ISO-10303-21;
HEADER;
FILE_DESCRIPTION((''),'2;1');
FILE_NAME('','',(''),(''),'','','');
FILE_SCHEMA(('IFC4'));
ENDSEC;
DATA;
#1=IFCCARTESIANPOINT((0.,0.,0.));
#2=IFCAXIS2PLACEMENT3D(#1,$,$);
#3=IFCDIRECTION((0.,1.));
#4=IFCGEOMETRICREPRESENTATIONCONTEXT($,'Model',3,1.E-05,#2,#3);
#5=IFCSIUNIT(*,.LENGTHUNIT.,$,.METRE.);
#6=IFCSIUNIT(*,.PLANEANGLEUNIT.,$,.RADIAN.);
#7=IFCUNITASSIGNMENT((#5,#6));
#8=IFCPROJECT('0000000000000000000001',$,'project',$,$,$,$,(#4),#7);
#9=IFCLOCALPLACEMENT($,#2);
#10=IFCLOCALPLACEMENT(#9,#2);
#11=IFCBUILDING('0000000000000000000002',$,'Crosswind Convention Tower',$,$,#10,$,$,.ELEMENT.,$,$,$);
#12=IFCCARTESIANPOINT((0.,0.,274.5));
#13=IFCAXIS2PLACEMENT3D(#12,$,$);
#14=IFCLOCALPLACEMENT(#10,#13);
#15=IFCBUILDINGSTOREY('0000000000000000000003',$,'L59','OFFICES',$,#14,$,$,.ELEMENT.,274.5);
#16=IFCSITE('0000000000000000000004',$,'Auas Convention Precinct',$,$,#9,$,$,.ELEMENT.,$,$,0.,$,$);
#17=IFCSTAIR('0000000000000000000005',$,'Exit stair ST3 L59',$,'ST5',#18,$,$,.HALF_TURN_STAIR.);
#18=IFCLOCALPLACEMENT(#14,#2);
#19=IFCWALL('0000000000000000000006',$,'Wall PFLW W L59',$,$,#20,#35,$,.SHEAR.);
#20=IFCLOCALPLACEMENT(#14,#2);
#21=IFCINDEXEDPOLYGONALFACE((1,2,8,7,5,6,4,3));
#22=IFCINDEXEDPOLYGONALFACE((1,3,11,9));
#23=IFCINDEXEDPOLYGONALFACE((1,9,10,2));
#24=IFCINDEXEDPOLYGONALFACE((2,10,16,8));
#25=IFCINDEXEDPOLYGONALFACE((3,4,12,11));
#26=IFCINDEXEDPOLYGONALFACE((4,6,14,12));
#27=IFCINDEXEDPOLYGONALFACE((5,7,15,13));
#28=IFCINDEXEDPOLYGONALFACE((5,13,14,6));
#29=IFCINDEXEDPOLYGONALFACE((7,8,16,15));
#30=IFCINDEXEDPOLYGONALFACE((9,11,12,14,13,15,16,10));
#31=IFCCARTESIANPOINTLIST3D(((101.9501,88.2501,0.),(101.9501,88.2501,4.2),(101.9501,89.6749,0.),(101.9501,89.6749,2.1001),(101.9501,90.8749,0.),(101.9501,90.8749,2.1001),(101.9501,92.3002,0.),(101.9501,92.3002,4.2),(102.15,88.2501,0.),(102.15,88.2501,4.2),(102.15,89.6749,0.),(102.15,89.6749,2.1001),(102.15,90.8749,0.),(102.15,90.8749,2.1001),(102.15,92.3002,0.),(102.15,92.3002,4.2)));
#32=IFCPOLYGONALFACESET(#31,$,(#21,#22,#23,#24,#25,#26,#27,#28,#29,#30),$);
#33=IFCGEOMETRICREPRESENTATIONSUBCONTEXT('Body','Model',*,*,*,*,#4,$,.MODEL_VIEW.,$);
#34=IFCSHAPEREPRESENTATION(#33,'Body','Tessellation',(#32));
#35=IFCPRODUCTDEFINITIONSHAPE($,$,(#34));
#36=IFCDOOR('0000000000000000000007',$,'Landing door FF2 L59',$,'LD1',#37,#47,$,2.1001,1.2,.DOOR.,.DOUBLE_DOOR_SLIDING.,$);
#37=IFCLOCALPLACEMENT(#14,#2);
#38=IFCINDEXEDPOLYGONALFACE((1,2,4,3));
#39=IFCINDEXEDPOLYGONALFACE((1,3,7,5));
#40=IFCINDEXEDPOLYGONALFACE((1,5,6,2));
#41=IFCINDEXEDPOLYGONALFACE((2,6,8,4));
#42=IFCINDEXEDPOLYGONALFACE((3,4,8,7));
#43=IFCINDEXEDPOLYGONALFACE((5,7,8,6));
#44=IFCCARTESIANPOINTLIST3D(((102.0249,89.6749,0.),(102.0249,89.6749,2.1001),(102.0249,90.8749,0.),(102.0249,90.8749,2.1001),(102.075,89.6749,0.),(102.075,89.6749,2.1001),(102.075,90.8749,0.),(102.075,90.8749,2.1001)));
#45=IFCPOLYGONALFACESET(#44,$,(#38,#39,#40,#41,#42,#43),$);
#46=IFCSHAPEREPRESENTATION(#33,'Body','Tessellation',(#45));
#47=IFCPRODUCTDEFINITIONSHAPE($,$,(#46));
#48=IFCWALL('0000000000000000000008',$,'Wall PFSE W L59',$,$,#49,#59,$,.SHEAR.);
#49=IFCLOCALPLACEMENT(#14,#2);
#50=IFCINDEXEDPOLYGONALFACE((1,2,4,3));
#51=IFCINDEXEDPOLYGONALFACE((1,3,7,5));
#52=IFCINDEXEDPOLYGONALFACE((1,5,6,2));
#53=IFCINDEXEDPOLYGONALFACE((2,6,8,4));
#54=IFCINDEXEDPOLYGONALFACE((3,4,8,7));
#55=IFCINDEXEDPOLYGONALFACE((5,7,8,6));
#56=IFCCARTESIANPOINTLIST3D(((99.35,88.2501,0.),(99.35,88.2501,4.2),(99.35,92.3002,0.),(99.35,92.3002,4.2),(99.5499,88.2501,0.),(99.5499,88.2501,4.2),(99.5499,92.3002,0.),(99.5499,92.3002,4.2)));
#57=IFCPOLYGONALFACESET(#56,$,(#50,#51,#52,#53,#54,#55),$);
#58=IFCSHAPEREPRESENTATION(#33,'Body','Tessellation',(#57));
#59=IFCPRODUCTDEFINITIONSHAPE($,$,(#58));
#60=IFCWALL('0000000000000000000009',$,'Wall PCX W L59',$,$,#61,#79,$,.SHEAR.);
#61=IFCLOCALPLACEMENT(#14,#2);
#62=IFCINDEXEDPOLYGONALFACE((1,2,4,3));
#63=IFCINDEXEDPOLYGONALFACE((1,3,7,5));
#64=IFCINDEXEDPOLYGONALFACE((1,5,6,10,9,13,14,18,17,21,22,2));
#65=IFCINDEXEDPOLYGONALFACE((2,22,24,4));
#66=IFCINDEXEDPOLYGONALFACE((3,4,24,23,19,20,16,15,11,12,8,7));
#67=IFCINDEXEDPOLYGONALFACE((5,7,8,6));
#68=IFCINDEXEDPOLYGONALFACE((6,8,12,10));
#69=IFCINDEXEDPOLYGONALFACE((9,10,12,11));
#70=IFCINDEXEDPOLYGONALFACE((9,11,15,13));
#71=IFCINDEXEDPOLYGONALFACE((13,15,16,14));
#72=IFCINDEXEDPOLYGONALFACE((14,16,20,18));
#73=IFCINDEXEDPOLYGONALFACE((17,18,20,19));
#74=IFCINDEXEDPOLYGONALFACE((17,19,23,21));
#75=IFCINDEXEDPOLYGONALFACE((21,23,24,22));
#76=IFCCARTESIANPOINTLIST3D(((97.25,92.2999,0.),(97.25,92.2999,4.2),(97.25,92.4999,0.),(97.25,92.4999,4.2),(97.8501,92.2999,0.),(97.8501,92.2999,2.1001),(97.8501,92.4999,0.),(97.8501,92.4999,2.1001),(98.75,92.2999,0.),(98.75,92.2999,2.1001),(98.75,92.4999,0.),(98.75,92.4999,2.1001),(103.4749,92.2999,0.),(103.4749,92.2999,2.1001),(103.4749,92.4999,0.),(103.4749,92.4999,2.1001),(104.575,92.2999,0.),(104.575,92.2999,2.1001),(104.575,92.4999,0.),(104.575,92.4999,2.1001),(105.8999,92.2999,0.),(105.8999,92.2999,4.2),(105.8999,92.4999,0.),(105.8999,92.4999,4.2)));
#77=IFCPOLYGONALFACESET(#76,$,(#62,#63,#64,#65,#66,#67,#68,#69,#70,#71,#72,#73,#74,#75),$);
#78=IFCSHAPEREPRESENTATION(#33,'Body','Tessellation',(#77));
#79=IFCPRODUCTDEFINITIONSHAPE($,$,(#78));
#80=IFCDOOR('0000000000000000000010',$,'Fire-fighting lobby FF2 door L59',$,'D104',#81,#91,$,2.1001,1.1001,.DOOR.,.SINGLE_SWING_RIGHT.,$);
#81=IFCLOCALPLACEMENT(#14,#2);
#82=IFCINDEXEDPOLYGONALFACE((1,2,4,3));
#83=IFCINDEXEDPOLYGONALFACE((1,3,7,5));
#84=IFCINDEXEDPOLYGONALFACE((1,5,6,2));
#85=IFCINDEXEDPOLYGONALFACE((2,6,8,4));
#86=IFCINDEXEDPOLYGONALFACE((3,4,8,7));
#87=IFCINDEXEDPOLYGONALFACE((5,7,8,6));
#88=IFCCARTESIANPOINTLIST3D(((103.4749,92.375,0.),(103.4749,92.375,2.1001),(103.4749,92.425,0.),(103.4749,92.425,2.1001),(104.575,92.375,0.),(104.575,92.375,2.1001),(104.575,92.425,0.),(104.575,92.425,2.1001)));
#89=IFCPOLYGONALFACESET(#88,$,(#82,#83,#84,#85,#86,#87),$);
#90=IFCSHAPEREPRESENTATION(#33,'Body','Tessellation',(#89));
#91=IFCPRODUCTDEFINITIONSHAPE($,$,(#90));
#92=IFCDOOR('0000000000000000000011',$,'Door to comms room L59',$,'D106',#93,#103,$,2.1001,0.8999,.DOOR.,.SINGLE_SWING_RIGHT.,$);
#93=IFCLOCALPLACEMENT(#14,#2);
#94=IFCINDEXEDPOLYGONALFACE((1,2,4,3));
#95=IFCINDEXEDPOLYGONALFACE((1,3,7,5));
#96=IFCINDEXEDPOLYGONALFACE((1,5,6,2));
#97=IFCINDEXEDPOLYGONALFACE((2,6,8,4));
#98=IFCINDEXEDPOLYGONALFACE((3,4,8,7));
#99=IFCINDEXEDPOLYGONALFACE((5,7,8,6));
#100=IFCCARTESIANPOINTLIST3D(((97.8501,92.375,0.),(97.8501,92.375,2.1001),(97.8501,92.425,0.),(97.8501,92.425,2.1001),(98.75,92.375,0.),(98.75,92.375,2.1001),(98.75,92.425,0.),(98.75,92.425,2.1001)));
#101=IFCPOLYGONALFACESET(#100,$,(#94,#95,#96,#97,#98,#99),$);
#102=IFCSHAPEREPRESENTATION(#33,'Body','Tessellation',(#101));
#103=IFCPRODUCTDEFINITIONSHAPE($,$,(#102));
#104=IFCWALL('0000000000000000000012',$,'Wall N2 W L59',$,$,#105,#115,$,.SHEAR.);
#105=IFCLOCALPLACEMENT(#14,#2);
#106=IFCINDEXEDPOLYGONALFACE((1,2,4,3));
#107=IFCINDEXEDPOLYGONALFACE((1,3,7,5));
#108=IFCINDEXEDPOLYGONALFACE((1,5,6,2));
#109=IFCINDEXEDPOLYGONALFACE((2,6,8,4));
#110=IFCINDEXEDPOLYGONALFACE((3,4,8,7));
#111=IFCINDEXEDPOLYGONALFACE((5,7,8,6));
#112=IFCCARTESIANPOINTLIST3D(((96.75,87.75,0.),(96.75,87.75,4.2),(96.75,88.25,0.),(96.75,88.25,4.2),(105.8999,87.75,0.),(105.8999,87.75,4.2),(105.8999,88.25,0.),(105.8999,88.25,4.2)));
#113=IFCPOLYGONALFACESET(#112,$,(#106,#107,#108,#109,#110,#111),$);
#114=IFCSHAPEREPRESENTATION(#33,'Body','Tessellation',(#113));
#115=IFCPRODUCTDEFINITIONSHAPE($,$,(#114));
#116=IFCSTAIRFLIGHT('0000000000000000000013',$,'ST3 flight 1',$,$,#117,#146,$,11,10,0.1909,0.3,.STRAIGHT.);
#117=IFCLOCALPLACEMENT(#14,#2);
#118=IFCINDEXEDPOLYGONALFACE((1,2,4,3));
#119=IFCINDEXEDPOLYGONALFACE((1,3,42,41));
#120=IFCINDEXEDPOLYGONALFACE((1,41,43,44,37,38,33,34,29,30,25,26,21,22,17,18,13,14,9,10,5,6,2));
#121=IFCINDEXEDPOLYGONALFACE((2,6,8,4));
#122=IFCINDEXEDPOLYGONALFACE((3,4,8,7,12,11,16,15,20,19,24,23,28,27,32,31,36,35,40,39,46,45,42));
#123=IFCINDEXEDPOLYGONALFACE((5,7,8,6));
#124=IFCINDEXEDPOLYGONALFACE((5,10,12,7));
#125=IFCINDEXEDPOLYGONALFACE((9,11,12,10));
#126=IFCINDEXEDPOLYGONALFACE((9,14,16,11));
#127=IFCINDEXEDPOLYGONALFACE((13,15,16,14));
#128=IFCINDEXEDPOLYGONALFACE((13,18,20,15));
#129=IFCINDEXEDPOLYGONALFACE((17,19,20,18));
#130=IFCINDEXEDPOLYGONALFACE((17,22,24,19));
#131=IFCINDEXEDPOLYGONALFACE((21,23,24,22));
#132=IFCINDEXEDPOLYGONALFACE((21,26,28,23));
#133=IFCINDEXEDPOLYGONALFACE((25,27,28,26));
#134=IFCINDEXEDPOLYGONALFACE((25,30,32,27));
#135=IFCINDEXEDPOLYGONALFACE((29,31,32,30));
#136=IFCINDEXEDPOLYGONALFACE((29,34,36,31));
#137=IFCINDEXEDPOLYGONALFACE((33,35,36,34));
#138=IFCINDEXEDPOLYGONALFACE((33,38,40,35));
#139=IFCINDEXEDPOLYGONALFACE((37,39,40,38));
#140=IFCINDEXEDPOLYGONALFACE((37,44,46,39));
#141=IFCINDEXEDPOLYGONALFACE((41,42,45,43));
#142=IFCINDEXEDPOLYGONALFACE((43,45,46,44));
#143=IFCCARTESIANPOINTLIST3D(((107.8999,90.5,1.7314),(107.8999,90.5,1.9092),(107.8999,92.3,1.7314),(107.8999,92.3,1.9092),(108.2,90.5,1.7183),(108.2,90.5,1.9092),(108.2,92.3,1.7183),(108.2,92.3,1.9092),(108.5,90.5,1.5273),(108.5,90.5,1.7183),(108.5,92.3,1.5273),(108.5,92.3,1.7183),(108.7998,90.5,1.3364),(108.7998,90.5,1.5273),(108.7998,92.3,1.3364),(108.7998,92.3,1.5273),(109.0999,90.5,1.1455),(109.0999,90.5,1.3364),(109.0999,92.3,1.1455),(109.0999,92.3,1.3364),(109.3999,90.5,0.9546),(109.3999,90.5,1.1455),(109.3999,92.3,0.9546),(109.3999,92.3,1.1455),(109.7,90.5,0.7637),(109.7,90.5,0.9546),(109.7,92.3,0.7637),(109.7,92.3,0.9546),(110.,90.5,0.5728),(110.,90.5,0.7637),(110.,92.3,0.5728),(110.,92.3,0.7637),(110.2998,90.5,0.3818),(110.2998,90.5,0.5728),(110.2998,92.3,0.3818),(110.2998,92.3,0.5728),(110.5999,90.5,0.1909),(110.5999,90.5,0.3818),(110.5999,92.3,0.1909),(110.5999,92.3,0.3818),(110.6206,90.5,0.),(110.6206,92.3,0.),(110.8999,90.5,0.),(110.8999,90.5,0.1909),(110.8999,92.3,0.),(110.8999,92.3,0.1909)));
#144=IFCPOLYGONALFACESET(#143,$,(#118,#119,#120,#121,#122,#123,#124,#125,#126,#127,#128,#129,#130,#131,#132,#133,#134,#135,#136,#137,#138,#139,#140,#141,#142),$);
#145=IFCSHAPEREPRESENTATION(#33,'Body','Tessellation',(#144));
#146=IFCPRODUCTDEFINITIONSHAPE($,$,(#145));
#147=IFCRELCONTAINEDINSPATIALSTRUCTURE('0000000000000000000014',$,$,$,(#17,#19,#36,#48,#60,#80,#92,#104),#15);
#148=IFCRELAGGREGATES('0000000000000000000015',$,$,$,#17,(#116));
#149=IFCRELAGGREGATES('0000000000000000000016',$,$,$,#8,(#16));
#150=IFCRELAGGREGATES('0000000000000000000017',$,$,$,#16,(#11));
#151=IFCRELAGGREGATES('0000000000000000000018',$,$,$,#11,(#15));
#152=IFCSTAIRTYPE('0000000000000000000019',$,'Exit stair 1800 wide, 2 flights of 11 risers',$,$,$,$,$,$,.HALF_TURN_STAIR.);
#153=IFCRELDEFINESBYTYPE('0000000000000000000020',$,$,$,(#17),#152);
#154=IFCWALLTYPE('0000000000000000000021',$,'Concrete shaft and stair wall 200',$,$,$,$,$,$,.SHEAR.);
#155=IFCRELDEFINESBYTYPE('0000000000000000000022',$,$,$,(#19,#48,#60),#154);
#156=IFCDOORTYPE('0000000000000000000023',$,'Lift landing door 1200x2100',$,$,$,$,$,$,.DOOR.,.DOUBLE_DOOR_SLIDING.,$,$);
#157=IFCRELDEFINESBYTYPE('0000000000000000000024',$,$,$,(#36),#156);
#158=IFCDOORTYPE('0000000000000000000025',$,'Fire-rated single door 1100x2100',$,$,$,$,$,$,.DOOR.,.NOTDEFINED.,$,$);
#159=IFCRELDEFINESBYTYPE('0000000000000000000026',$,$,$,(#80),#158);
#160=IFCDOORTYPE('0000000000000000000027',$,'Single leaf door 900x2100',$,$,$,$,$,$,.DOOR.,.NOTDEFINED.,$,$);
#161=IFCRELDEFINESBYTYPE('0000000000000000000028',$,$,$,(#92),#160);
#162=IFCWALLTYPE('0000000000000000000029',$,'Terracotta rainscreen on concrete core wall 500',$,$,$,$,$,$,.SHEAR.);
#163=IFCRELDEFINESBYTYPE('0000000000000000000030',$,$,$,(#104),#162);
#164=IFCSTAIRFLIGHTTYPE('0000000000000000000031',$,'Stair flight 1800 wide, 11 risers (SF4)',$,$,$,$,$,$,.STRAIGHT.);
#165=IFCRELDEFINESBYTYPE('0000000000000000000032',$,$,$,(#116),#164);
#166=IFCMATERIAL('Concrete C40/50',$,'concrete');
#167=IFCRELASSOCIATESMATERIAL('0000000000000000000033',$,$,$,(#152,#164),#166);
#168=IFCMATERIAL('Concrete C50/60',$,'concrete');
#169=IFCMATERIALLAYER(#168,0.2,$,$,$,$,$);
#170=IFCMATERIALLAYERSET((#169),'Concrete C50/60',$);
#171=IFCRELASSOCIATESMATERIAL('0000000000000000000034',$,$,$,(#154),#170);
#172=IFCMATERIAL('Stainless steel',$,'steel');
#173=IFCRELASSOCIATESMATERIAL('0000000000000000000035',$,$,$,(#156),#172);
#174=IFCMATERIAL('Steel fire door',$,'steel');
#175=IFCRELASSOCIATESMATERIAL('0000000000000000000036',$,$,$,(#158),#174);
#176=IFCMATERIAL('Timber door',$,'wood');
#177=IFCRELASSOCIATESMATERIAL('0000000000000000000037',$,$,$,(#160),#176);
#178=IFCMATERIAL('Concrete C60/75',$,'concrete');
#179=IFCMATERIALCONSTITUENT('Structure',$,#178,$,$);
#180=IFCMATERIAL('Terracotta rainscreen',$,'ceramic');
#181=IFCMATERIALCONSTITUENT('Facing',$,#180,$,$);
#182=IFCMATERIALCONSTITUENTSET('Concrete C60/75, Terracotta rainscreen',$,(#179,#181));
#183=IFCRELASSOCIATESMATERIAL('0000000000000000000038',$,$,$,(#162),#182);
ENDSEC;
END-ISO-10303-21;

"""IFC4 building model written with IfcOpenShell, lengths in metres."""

from ifc_helpers import new_model, si_unit, direction, frame, frame_2d, origin, place, context, subcontext, project, spatial, polyline, rectangle, outline, extrude, material, layer, layer_set, constituent, constituent_set, type_object, element, fill, aggregate, save


model = new_model("IFC4")

# Units and contexts
model_context = context("Model", 3, precision=1e-05, world=origin(), true_north=direction((0.0, 1.0)))
body_context = subcontext(model_context, "Body", "Model", "MODEL_VIEW")
ifc_project = project(units=[si_unit("LENGTHUNIT", "METRE"), si_unit("PLANEANGLEUNIT", "RADIAN")], contexts=[model_context])

# Site, building, storey
site_placement = place(None, origin())
site = spatial("IfcSite", under=ifc_project, at=site_placement, Name="Auas Convention Precinct", CompositionType="ELEMENT", RefElevation=0.0)
building_placement = place(site_placement, origin())
building = spatial("IfcBuilding", under=site, at=building_placement, Name="Crosswind Convention Tower", CompositionType="ELEMENT")
storey_placement = place(building_placement, frame((0.0, 0.0, 274.5)))
storey = spatial("IfcBuildingStorey", under=building, at=storey_placement, Name="L59", Description="OFFICES", CompositionType="ELEMENT", Elevation=274.5)

# Shared definitions
ifc_material_1 = material(Name="Concrete C40/50", Category="concrete")

# Stair
stair_type = type_object("IfcStairType", Name="Exit stair 1800 wide, 2 flights of 11 risers", PredefinedType="HALF_TURN_STAIR", material=ifc_material_1)
stair_1_placement = place(storey_placement, origin())
stair_1 = element("IfcStair", 1, at=stair_1_placement, inside=storey, type_object=stair_type, Name="Exit stair ST3 L59", ObjectType="ST5", PredefinedType="HALF_TURN_STAIR")

# Shared definitions
ifc_material_2 = material(Name="Concrete C50/60", Category="concrete")
ifc_layer_1 = layer(ifc_material_2, 0.2)
ifc_layer_set_1 = layer_set([ifc_layer_1], Name="Concrete C50/60")
wall_type_1 = type_object("IfcWallType", Name="Concrete shaft and stair wall 200", PredefinedType="SHEAR", material=ifc_layer_set_1)

# Wall, opening, door
wall_1_placement = place(storey_placement, frame((102.05, 92.3, 0.0), z_axis=(0.0, 0.0, 1.0), x_axis=(0.0, -1.0, 0.0)))
wall_1 = element("IfcWall", 2, at=wall_1_placement, inside=storey, type_object=wall_type_1, Name="Wall PFLW W L59", PredefinedType="SHEAR", context=body_context, shape_type="SweptSolid", body=[
    extrude(rectangle(XDim=4.05, YDim=0.2, at=frame_2d((2.0249, 0.0))), origin(), (0.0, 0.0, 1.0), 4.2),
])
opening_1_placement = place(wall_1_placement, frame((1.425, 0.0, 0.0)))
opening_1 = element("IfcOpeningElement", 3, at=opening_1_placement, cuts=wall_1, PredefinedType="OPENING", context=body_context, shape_type="SweptSolid", body=[
    extrude(rectangle(XDim=1.2, YDim=2.1001, at=frame_2d((0.6001, 1.05))), frame((0.0, 0.1099, 0.0), z_axis=(0.0, -1.0, 0.0), x_axis=(1.0, 0.0, 0.0)), (0.0, 0.0, 1.0), 0.22),
])
ifc_material_3 = material(Name="Stainless steel", Category="steel")
door_type_1 = type_object("IfcDoorType", Name="Lift landing door 1200x2100", OperationType="DOUBLE_DOOR_SLIDING", PredefinedType="DOOR", material=ifc_material_3)
door_1_placement = place(opening_1_placement, origin())
door_1 = element("IfcDoor", 4, at=door_1_placement, inside=storey, type_object=door_type_1, Name="Landing door FF2 L59", ObjectType="LD1", OperationType="DOUBLE_DOOR_SLIDING", OverallHeight=2.1001, OverallWidth=1.2, PredefinedType="DOOR", context=body_context, shape_type="SweptSolid", body=[
    extrude(rectangle(XDim=1.2, YDim=2.1001, at=frame_2d((0.6001, 1.05))), frame((0.0, 0.0249, 0.0), z_axis=(0.0, -1.0, 0.0), x_axis=(1.0, 0.0, 0.0)), (0.0, 0.0, 1.0), 0.05),
])
fill(opening_1, door_1)

# Wall
wall_2_placement = place(storey_placement, frame((99.45, 92.3, 0.0), z_axis=(0.0, 0.0, 1.0), x_axis=(0.0, -1.0, 0.0)))
element("IfcWall", 5, at=wall_2_placement, inside=storey, type_object=wall_type_1, Name="Wall PFSE W L59", PredefinedType="SHEAR", context=body_context, shape_type="SweptSolid", body=[
    extrude(rectangle(XDim=4.05, YDim=0.2, at=frame_2d((2.0249, 0.0))), origin(), (0.0, 0.0, 1.0), 4.2),
])

# Wall, openings, doors
wall_3_placement = place(storey_placement, frame((105.8999, 92.3999, 0.0), z_axis=(0.0, 0.0, 1.0), x_axis=(-1.0, 0.0, 0.0)))
wall_3 = element("IfcWall", 6, at=wall_3_placement, inside=storey, type_object=wall_type_1, Name="Wall PCX W L59", PredefinedType="SHEAR", context=body_context, shape_type="SweptSolid", body=[
    extrude(rectangle(XDim=8.6499, YDim=0.2, at=frame_2d((4.325, 0.0))), origin(), (0.0, 0.0, 1.0), 4.2),
])
opening_2_placement = place(wall_3_placement, frame((1.325, 0.0, 0.0)))
opening_2 = element("IfcOpeningElement", 7, at=opening_2_placement, cuts=wall_3, PredefinedType="OPENING", context=body_context, shape_type="SweptSolid", body=[
    extrude(rectangle(XDim=1.1001, YDim=2.1001, at=frame_2d((0.55, 1.05))), frame((0.0, 0.1099, 0.0), z_axis=(0.0, -1.0, 0.0), x_axis=(1.0, 0.0, 0.0)), (0.0, 0.0, 1.0), 0.22),
])
opening_3_placement = place(wall_3_placement, frame((7.1499, 0.0, 0.0)))
opening_3 = element("IfcOpeningElement", 8, at=opening_3_placement, cuts=wall_3, PredefinedType="OPENING", context=body_context, shape_type="SweptSolid", body=[
    extrude(rectangle(XDim=0.8999, YDim=2.1001, at=frame_2d((0.45, 1.05))), frame((0.0, 0.1099, 0.0), z_axis=(0.0, -1.0, 0.0), x_axis=(1.0, 0.0, 0.0)), (0.0, 0.0, 1.0), 0.22),
])
ifc_material_4 = material(Name="Steel fire door", Category="steel")
door_type_2 = type_object("IfcDoorType", Name="Fire-rated single door 1100x2100", OperationType="NOTDEFINED", PredefinedType="DOOR", material=ifc_material_4)
door_2_placement = place(opening_2_placement, origin())
door_2 = element("IfcDoor", 9, at=door_2_placement, inside=storey, type_object=door_type_2, Name="Fire-fighting lobby FF2 door L59", ObjectType="D104", OperationType="SINGLE_SWING_RIGHT", OverallHeight=2.1001, OverallWidth=1.1001, PredefinedType="DOOR", context=body_context, shape_type="SweptSolid", body=[
    extrude(rectangle(XDim=1.1001, YDim=2.1001, at=frame_2d((0.55, 1.05))), frame((0.0, 0.0249, 0.0), z_axis=(0.0, -1.0, 0.0), x_axis=(1.0, 0.0, 0.0)), (0.0, 0.0, 1.0), 0.05),
])
fill(opening_2, door_2)
ifc_material_5 = material(Name="Timber door", Category="wood")
door_type_3 = type_object("IfcDoorType", Name="Single leaf door 900x2100", OperationType="NOTDEFINED", PredefinedType="DOOR", material=ifc_material_5)
door_3_placement = place(opening_3_placement, origin())
door_3 = element("IfcDoor", 10, at=door_3_placement, inside=storey, type_object=door_type_3, Name="Door to comms room L59", ObjectType="D106", OperationType="SINGLE_SWING_RIGHT", OverallHeight=2.1001, OverallWidth=0.8999, PredefinedType="DOOR", context=body_context, shape_type="SweptSolid", body=[
    extrude(rectangle(XDim=0.8999, YDim=2.1001, at=frame_2d((0.45, 1.05))), frame((0.0, 0.0249, 0.0), z_axis=(0.0, -1.0, 0.0), x_axis=(1.0, 0.0, 0.0)), (0.0, 0.0, 1.0), 0.05),
])
fill(opening_3, door_3)

# Wall
ifc_material_6 = material(Name="Concrete C60/75", Category="concrete")
ifc_constituent_1 = constituent(ifc_material_6, Name="Structure")
ifc_material_7 = material(Name="Terracotta rainscreen", Category="ceramic")
ifc_constituent_2 = constituent(ifc_material_7, Name="Facing")
ifc_constituent_set = constituent_set(constituents=[ifc_constituent_1, ifc_constituent_2], Name="Concrete C60/75, Terracotta rainscreen")
wall_type_2 = type_object("IfcWallType", Name="Terracotta rainscreen on concrete core wall 500", PredefinedType="SHEAR", material=ifc_constituent_set)
wall_4_placement = place(storey_placement, frame((105.8999, 88.0, 0.0), z_axis=(0.0, 0.0, 1.0), x_axis=(-1.0, 0.0, 0.0)))
element("IfcWall", 11, at=wall_4_placement, inside=storey, type_object=wall_type_2, Name="Wall N2 W L59", PredefinedType="SHEAR", context=body_context, shape_type="SweptSolid", body=[
    extrude(rectangle(XDim=9.1499, YDim=0.5, at=frame_2d((4.575, 0.0))), origin(), (0.0, 0.0, 1.0), 4.2),
])

# Stair flight
stair_flight_type = type_object("IfcStairFlightType", Name="Stair flight 1800 wide, 11 risers (SF4)", PredefinedType="STRAIGHT", material=ifc_material_1)
stair_flight_1_placement = place(storey_placement, frame((110.8999, 91.3999, 0.0), z_axis=(0.0, 0.0, 1.0), x_axis=(-1.0, 0.0, 0.0)))
stair_flight_1 = element("IfcStairFlight", 12, at=stair_flight_1_placement, type_object=stair_flight_type, Name="ST3 flight 1", NumberOfRisers=11, NumberOfTreads=10, PredefinedType="STRAIGHT", RiserHeight=0.1909, TreadLength=0.3, context=body_context, shape_type="SweptSolid", body=[
    extrude(outline(polyline([(0.0, 0.0), (0.0, 0.1909), (0.3, 0.1909), (0.3, 0.3818), (0.6001, 0.3818), (0.6001, 0.5728), (0.8999, 0.5728), (0.8999, 0.7637), (1.2, 0.7637), (1.2, 0.9546), (1.5, 0.9546), (1.5, 1.1455), (1.8, 1.1455), (1.8, 1.3364), (2.1001, 1.3364), (2.1001, 1.5273), (2.3999, 1.5273), (2.3999, 1.7183), (2.7, 1.7183), (2.7, 1.9092), (3.0, 1.9092), (3.0, 2.1001), (3.0, 1.7314), (0.2793, 0.0), (0.0, 0.0)])), frame((0.0, 0.8999, 0.0), z_axis=(0.0, -1.0, 0.0), x_axis=(1.0, 0.0, 0.0)), (0.0, 0.0, 1.0), 1.8),
])
aggregate(stair_1, [stair_flight_1])

save(model, "model.ifc")
